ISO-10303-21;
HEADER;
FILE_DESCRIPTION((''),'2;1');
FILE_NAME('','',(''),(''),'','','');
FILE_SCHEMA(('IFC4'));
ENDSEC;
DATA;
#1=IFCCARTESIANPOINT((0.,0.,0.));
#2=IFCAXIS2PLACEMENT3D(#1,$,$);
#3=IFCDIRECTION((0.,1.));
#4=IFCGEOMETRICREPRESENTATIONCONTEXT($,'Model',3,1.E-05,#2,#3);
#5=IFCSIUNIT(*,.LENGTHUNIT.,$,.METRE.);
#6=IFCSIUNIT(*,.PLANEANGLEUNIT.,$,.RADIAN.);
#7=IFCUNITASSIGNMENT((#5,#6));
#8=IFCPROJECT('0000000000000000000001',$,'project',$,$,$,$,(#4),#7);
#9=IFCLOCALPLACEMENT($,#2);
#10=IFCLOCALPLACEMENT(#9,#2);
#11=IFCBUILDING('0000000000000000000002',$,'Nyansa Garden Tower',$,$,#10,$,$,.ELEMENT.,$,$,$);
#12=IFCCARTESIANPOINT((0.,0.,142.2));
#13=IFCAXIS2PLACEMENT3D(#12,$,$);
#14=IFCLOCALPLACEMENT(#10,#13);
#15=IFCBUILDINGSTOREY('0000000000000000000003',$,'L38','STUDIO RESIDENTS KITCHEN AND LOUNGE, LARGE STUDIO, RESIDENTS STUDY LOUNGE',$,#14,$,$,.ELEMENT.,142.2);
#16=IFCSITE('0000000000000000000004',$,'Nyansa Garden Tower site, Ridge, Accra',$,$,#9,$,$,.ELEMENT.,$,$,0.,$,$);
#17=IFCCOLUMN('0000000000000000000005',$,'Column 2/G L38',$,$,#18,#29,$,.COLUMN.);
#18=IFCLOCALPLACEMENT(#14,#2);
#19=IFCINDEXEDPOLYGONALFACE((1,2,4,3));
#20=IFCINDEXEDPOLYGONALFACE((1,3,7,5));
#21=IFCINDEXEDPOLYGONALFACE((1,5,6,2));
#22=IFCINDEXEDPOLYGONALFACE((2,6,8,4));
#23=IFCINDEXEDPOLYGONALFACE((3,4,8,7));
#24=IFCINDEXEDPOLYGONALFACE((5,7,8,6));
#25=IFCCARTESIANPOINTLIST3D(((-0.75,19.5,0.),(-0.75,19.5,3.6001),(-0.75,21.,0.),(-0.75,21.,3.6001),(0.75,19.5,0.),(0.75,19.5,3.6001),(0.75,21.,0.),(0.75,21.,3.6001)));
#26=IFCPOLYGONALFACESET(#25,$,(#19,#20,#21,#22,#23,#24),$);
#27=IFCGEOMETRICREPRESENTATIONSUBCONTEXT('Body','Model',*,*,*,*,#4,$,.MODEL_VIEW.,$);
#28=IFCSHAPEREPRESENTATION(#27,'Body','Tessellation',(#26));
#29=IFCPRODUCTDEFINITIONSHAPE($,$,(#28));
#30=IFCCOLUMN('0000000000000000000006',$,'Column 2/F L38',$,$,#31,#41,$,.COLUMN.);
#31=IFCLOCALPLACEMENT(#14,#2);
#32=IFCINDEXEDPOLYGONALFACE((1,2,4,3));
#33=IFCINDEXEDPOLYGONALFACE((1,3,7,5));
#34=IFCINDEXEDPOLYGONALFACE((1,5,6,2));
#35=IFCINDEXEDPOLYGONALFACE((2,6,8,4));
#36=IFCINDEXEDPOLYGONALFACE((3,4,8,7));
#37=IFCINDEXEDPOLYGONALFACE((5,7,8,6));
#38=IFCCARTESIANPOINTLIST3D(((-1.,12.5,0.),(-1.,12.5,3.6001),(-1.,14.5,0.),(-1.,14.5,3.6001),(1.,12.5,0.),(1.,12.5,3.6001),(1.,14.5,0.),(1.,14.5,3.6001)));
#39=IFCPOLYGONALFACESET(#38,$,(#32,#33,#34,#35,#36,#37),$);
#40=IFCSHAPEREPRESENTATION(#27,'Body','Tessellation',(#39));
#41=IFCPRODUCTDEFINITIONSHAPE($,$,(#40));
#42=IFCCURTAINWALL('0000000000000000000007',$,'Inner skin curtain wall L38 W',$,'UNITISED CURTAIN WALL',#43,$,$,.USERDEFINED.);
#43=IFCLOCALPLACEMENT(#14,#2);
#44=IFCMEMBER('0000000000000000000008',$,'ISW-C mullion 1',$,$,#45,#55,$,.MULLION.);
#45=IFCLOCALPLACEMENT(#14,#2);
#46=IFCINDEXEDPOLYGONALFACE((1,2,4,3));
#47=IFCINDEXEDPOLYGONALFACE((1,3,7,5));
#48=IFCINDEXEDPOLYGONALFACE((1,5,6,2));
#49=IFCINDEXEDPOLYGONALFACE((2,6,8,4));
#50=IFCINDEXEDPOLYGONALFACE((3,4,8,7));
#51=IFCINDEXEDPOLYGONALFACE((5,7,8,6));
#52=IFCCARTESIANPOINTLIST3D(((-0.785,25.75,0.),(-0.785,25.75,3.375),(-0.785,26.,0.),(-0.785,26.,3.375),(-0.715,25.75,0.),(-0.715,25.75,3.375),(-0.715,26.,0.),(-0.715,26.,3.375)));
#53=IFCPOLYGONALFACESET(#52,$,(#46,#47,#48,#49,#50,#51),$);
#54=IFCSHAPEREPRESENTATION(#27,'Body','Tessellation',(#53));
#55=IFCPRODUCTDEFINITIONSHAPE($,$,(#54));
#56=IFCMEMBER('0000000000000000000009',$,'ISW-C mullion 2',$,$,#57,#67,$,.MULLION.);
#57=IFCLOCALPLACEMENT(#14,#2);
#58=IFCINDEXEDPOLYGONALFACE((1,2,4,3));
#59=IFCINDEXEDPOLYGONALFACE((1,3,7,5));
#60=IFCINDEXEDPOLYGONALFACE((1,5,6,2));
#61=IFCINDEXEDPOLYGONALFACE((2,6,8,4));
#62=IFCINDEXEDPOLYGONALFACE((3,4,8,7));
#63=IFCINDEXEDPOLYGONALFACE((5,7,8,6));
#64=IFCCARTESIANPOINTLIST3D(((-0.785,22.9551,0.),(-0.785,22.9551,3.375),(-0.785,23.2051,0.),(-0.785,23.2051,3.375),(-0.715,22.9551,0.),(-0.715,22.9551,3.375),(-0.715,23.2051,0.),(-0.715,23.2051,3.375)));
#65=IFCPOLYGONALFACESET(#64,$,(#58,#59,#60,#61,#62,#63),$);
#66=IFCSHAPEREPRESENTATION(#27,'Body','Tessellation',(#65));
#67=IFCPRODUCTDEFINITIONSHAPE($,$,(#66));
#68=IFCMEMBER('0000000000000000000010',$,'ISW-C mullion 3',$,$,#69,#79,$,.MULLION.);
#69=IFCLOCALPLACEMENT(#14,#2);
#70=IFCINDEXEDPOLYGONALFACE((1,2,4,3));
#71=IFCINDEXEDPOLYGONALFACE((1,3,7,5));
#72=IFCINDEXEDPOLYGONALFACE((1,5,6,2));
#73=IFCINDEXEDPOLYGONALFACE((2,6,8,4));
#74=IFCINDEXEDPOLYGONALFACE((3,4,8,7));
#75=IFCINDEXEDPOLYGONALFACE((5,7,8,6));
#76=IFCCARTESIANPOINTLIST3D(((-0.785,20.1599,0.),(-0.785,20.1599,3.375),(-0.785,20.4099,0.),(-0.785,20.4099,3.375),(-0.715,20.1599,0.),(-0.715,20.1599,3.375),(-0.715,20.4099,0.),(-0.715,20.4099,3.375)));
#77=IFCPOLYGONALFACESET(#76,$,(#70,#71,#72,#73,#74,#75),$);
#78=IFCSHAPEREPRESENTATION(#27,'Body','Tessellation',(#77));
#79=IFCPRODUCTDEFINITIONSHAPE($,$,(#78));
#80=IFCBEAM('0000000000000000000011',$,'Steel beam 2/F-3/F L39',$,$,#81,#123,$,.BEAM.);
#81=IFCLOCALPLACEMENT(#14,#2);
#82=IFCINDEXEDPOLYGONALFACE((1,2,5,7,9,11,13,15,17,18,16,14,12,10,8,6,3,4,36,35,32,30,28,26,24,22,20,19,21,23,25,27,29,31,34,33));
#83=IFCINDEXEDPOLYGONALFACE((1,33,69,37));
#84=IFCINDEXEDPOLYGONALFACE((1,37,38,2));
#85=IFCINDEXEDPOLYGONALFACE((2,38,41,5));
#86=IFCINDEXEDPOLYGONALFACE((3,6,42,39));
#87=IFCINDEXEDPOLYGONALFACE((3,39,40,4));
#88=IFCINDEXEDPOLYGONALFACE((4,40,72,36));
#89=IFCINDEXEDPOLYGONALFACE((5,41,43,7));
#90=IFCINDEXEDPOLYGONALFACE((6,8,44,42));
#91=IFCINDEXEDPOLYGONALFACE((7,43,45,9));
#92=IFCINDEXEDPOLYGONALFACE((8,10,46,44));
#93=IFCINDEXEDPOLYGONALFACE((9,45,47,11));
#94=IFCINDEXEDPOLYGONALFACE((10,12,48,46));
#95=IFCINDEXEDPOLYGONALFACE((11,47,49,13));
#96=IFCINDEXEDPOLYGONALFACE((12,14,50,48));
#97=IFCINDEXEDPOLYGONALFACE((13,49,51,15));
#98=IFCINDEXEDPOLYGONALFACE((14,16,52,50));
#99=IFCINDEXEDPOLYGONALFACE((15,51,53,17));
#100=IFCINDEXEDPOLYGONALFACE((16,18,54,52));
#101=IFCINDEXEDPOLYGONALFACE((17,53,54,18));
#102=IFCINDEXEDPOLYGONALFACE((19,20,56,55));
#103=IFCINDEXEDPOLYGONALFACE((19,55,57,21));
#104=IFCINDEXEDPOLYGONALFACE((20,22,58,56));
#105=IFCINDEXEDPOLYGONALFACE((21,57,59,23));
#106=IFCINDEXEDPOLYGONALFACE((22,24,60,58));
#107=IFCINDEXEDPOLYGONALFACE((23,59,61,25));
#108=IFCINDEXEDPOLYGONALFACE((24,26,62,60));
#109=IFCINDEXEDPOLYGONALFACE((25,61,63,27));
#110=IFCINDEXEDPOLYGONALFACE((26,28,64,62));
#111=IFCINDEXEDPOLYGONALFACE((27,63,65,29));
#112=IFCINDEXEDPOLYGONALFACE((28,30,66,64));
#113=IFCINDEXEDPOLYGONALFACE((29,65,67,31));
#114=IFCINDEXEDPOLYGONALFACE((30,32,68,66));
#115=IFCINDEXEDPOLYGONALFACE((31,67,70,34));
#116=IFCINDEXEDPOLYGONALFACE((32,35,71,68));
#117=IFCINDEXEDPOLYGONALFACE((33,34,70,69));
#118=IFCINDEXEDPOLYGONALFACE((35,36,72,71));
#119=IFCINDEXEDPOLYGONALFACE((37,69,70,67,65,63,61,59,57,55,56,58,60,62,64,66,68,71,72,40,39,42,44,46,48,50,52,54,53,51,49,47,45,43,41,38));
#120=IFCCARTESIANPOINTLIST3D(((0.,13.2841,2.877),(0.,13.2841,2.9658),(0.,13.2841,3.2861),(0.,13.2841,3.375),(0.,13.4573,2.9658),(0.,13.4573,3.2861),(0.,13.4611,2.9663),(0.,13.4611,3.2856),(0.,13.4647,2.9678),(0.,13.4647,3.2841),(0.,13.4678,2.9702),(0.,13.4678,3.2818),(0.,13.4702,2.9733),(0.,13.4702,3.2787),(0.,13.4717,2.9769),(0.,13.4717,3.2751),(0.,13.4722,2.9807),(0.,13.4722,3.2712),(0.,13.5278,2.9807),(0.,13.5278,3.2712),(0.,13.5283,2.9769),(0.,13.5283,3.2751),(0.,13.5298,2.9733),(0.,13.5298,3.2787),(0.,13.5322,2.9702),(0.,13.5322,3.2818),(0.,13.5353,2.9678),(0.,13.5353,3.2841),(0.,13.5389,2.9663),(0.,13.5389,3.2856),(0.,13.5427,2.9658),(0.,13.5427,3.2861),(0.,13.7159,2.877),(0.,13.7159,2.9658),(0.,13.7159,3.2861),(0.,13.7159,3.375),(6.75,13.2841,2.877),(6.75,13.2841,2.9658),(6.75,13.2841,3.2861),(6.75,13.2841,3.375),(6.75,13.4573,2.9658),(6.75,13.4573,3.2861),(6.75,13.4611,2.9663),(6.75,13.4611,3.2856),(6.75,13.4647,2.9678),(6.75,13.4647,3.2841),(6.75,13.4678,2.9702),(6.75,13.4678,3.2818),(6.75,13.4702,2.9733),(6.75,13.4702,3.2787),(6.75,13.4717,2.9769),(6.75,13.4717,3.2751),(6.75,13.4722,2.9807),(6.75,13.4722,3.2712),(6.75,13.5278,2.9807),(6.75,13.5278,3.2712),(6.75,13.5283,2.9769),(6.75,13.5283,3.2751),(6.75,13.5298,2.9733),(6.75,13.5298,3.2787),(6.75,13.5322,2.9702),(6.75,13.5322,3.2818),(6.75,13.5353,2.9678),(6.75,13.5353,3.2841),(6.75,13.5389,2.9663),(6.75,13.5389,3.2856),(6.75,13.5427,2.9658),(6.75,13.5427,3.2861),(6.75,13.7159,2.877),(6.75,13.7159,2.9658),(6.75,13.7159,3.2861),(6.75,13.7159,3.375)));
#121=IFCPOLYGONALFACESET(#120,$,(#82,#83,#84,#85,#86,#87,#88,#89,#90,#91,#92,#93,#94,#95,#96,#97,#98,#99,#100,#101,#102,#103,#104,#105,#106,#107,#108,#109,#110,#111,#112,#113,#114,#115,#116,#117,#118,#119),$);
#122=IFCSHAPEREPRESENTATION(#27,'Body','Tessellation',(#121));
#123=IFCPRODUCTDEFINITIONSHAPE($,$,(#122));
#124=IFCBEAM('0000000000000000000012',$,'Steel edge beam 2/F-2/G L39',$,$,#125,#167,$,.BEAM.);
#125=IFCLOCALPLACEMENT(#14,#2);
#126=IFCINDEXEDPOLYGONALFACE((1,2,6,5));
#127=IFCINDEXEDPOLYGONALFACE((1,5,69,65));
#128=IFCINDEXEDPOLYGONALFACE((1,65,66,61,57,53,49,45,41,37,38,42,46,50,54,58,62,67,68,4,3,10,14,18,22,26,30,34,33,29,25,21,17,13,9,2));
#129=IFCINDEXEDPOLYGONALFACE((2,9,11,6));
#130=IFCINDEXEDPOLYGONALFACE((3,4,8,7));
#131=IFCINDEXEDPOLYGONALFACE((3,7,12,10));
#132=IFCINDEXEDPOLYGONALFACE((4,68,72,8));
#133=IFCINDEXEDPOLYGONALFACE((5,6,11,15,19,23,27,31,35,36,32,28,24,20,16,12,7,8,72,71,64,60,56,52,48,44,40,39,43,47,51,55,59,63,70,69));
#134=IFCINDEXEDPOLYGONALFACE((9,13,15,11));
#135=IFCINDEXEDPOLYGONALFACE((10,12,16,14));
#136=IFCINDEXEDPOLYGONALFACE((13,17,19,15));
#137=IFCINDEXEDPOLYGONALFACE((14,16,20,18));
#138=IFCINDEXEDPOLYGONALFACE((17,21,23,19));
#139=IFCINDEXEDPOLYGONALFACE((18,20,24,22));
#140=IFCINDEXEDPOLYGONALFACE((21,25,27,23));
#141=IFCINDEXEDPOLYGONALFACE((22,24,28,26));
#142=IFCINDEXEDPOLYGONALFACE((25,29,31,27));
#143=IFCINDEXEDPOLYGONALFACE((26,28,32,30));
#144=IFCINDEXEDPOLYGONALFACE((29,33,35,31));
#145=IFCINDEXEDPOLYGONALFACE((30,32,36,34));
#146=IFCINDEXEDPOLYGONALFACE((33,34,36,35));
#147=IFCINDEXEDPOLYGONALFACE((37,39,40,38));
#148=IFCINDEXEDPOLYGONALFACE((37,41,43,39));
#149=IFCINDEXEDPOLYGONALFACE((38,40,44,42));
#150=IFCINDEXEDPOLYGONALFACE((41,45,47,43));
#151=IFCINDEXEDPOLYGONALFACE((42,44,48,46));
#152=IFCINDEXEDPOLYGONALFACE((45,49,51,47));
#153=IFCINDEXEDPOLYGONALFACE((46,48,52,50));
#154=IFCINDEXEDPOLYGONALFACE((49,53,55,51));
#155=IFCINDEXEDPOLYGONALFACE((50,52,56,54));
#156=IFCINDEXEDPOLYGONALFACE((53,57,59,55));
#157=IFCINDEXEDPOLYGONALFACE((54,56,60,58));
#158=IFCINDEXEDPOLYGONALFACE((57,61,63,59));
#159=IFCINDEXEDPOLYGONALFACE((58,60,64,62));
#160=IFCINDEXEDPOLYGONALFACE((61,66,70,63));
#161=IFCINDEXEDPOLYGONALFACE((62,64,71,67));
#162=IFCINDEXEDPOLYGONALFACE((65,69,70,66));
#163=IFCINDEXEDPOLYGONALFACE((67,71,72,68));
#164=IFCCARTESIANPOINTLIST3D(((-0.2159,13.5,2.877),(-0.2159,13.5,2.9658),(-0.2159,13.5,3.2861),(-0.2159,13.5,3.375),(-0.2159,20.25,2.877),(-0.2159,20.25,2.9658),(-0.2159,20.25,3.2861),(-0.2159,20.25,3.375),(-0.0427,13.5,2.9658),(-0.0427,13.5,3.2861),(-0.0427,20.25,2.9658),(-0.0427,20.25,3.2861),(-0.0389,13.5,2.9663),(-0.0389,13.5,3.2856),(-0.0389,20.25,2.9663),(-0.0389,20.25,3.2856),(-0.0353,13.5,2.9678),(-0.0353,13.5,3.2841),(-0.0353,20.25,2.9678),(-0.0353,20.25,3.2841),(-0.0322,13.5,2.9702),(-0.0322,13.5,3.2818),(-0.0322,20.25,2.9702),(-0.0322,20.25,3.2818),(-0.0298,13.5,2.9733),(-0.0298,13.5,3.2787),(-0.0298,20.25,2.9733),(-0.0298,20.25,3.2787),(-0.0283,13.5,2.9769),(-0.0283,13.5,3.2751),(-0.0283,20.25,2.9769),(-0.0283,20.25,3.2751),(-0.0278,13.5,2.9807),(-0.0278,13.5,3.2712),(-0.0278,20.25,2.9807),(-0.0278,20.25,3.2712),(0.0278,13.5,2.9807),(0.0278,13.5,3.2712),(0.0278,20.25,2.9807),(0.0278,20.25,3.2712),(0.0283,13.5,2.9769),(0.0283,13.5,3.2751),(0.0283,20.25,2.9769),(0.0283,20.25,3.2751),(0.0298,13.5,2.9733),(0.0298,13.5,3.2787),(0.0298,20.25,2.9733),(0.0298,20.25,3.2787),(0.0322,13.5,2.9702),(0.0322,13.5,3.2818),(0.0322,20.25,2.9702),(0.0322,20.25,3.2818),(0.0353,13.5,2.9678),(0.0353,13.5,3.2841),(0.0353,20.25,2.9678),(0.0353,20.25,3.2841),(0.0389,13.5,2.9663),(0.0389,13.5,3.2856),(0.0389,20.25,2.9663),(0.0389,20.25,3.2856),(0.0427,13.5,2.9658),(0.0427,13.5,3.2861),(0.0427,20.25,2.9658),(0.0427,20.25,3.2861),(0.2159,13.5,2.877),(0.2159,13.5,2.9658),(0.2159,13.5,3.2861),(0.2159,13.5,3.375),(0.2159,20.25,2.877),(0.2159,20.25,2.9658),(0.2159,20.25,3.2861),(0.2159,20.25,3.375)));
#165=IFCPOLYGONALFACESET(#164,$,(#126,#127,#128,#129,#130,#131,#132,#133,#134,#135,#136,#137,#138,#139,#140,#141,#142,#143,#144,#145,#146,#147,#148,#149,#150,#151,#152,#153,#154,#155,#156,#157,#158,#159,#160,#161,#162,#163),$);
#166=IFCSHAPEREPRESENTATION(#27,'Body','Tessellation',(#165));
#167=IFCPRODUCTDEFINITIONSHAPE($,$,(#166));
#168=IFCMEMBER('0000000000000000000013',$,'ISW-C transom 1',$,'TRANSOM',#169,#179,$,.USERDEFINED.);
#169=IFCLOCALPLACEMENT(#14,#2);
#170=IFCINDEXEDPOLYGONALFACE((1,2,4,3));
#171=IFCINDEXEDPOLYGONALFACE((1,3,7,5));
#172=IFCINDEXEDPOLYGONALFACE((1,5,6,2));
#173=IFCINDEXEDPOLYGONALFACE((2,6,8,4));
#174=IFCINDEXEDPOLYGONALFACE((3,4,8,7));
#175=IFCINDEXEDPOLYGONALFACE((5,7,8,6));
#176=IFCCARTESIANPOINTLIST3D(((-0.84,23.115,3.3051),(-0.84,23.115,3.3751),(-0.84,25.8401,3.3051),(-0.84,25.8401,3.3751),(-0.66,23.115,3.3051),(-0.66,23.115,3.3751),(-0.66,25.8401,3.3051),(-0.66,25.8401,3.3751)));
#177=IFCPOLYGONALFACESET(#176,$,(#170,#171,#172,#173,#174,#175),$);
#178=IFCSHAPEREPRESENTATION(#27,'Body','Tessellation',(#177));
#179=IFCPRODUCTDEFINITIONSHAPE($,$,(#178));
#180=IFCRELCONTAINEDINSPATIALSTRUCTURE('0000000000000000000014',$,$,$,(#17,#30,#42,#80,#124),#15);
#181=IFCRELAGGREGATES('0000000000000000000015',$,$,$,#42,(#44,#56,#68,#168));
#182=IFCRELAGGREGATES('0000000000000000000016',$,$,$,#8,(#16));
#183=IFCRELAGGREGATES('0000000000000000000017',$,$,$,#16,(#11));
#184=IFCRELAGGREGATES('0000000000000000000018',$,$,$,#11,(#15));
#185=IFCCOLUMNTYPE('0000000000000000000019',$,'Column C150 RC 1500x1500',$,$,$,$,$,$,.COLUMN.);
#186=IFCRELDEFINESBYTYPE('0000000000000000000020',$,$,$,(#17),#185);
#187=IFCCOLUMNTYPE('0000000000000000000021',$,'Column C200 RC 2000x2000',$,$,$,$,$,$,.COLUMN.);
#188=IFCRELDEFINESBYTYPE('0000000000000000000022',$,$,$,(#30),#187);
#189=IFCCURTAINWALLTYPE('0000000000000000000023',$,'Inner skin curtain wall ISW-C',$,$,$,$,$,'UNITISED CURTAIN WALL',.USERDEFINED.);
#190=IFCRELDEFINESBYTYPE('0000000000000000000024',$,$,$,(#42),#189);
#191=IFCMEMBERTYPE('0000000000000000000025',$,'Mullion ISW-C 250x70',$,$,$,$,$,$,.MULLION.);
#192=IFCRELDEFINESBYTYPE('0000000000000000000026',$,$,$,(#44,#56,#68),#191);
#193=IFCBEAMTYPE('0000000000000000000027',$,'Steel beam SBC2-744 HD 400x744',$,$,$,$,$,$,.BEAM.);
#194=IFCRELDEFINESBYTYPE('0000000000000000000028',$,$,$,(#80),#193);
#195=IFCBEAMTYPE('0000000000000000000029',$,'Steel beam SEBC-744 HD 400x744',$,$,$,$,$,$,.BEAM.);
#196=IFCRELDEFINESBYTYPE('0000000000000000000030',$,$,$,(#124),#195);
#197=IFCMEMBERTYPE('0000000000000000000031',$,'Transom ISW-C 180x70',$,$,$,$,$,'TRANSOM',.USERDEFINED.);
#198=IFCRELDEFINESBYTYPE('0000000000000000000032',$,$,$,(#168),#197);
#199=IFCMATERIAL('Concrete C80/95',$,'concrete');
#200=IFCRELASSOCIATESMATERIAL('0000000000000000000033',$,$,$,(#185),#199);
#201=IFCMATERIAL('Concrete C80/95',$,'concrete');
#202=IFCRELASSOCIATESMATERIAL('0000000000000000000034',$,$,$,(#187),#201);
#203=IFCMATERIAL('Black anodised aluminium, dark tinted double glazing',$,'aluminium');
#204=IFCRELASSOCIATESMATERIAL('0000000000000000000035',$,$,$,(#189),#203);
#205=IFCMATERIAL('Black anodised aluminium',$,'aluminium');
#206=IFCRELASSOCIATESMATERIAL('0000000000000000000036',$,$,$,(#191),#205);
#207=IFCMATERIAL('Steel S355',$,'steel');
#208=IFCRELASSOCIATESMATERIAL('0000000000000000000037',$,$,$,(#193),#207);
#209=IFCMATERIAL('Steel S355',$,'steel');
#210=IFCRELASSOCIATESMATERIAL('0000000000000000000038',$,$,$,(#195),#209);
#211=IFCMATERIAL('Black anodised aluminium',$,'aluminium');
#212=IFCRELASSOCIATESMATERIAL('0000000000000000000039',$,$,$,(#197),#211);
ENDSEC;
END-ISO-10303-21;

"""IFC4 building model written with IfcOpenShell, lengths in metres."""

from ifc_helpers import new_model, si_unit, direction, frame, origin, origin_2d, place, context, subcontext, project, spatial, rectangle, i_section, extrude, material, material_profile, profile_set, type_object, element, aggregate, save


model = new_model("IFC4")

# Units and contexts
model_context = context("Model", 3, precision=1e-05, world=origin(), true_north=direction((0.0, 1.0)))
body_context = subcontext(model_context, "Body", "Model", "MODEL_VIEW")
ifc_project = project(units=[si_unit("LENGTHUNIT", "METRE"), si_unit("PLANEANGLEUNIT", "RADIAN")], contexts=[model_context])

# Site, building, storey
site_placement = place(None, origin())
site = spatial("IfcSite", under=ifc_project, at=site_placement, Name="Nyansa Garden Tower site, Ridge, Accra", CompositionType="ELEMENT", RefElevation=0.0)
building_placement = place(site_placement, origin())
building = spatial("IfcBuilding", under=site, at=building_placement, Name="Nyansa Garden Tower", CompositionType="ELEMENT")
storey_placement = place(building_placement, frame((0.0, 0.0, 142.2)))
storey = spatial("IfcBuildingStorey", under=building, at=storey_placement, Name="L38", Description="STUDIO RESIDENTS KITCHEN AND LOUNGE, LARGE STUDIO, RESIDENTS STUDY LOUNGE", CompositionType="ELEMENT", Elevation=142.2)

# Columns
ifc_material_1 = material(Name="Concrete C80/95", Category="concrete")
ifc_material_profile_1 = material_profile(ifc_material_1, rectangle(XDim=1.5, YDim=1.5, at=origin_2d()), Name="RC 1500x1500")
ifc_profile_set_1 = profile_set([ifc_material_profile_1], Name="Concrete C80/95")
column_type_1 = type_object("IfcColumnType", Name="Column C150 RC 1500x1500", PredefinedType="COLUMN", material=ifc_profile_set_1)
column_1_placement = place(storey_placement, frame((0.0, 20.25, 0.0), z_axis=(0.0, 0.0, 1.0), x_axis=(1.0, 0.0, 0.0)))
element("IfcColumn", 1, at=column_1_placement, inside=storey, type_object=column_type_1, Name="Column 2/G L38", PredefinedType="COLUMN", context=body_context, shape_type="SweptSolid", body=[
    extrude(rectangle(XDim=1.5, YDim=1.5, at=origin_2d()), origin(), (0.0, 0.0, 1.0), 3.6001),
])
ifc_material_2 = material(Name="Concrete C80/95", Category="concrete")
ifc_material_profile_2 = material_profile(ifc_material_2, rectangle(XDim=2.0, YDim=2.0, at=origin_2d()), Name="RC 2000x2000")
ifc_profile_set_2 = profile_set([ifc_material_profile_2], Name="Concrete C80/95")
column_type_2 = type_object("IfcColumnType", Name="Column C200 RC 2000x2000", PredefinedType="COLUMN", material=ifc_profile_set_2)
column_2_placement = place(storey_placement, frame((0.0, 13.5, 0.0), z_axis=(0.0, 0.0, 1.0), x_axis=(1.0, 0.0, 0.0)))
element("IfcColumn", 2, at=column_2_placement, inside=storey, type_object=column_type_2, Name="Column 2/F L38", PredefinedType="COLUMN", context=body_context, shape_type="SweptSolid", body=[
    extrude(rectangle(XDim=2.0, YDim=2.0, at=origin_2d()), origin(), (0.0, 0.0, 1.0), 3.6001),
])

# Curtain wall, members
ifc_material_3 = material(Name="Black anodised aluminium, dark tinted double glazing", Category="aluminium")
curtain_wall_type = type_object("IfcCurtainWallType", Name="Inner skin curtain wall ISW-C", ElementType="UNITISED CURTAIN WALL", PredefinedType="USERDEFINED", material=ifc_material_3)
curtain_wall_placement = place(storey_placement, origin())
curtain_wall = element("IfcCurtainWall", 3, at=curtain_wall_placement, inside=storey, type_object=curtain_wall_type, Name="Inner skin curtain wall L38 W", ObjectType="UNITISED CURTAIN WALL", PredefinedType="USERDEFINED")
ifc_material_4 = material(Name="Black anodised aluminium", Category="aluminium")
ifc_material_profile_3 = material_profile(ifc_material_4, rectangle(XDim=0.0701, YDim=0.25, at=origin_2d()), Name="Mullion 250x70")
ifc_profile_set_3 = profile_set([ifc_material_profile_3], Name="Black anodised aluminium")
member_type_1 = type_object("IfcMemberType", Name="Mullion ISW-C 250x70", PredefinedType="MULLION", material=ifc_profile_set_3)
member_1_placement = place(storey_placement, frame((-0.75, 25.875, 0.0), z_axis=(0.0, 0.0, 1.0), x_axis=(1.0, 0.0, 0.0)))
member_1 = element("IfcMember", 4, at=member_1_placement, type_object=member_type_1, Name="ISW-C mullion 1", PredefinedType="MULLION", context=body_context, shape_type="SweptSolid", body=[
    extrude(rectangle(XDim=0.0701, YDim=0.25, at=origin_2d()), origin(), (0.0, 0.0, 1.0), 3.375),
])
member_2_placement = place(storey_placement, frame((-0.75, 23.0801, 0.0), z_axis=(0.0, 0.0, 1.0), x_axis=(1.0, 0.0, 0.0)))
member_2 = element("IfcMember", 5, at=member_2_placement, type_object=member_type_1, Name="ISW-C mullion 2", PredefinedType="MULLION", context=body_context, shape_type="SweptSolid", body=[
    extrude(rectangle(XDim=0.0701, YDim=0.25, at=origin_2d()), origin(), (0.0, 0.0, 1.0), 3.375),
])
member_3_placement = place(storey_placement, frame((-0.75, 20.2849, 0.0), z_axis=(0.0, 0.0, 1.0), x_axis=(1.0, 0.0, 0.0)))
member_3 = element("IfcMember", 6, at=member_3_placement, type_object=member_type_1, Name="ISW-C mullion 3", PredefinedType="MULLION", context=body_context, shape_type="SweptSolid", body=[
    extrude(rectangle(XDim=0.0701, YDim=0.25, at=origin_2d()), origin(), (0.0, 0.0, 1.0), 3.375),
])

# Beams
ifc_material_5 = material(Name="Steel S355", Category="steel")
ifc_material_profile_4 = material_profile(ifc_material_5, i_section(OverallWidth=0.4319, OverallDepth=0.498, WebThickness=0.0557, FlangeThickness=0.0889, FilletRadius=0.0149, at=origin_2d()), Name="HD 400x744")
ifc_profile_set_4 = profile_set([ifc_material_profile_4], Name="Steel S355")
beam_type_1 = type_object("IfcBeamType", Name="Steel beam SBC2-744 HD 400x744", PredefinedType="BEAM", material=ifc_profile_set_4)
beam_1_placement = place(storey_placement, frame((0.0, 13.5, 3.126), z_axis=(1.0, 0.0, 0.0), x_axis=(0.0, 1.0, 0.0)))
element("IfcBeam", 7, at=beam_1_placement, inside=storey, type_object=beam_type_1, Name="Steel beam 2/F-3/F L39", PredefinedType="BEAM", context=body_context, shape_type="SweptSolid", body=[
    extrude(i_section(OverallWidth=0.4319, OverallDepth=0.498, WebThickness=0.0557, FlangeThickness=0.0889, FilletRadius=0.0149, at=origin_2d()), origin(), (0.0, 0.0, 1.0), 6.75),
])
ifc_material_6 = material(Name="Steel S355", Category="steel")
ifc_material_profile_5 = material_profile(ifc_material_6, i_section(OverallWidth=0.4319, OverallDepth=0.498, WebThickness=0.0557, FlangeThickness=0.0889, FilletRadius=0.0149, at=origin_2d()), Name="HD 400x744")
ifc_profile_set_5 = profile_set([ifc_material_profile_5], Name="Steel S355")
beam_type_2 = type_object("IfcBeamType", Name="Steel beam SEBC-744 HD 400x744", PredefinedType="BEAM", material=ifc_profile_set_5)
beam_2_placement = place(storey_placement, frame((0.0, 13.5, 3.126), z_axis=(0.0, 1.0, 0.0), x_axis=(-1.0, 0.0, 0.0)))
element("IfcBeam", 8, at=beam_2_placement, inside=storey, type_object=beam_type_2, Name="Steel edge beam 2/F-2/G L39", PredefinedType="BEAM", context=body_context, shape_type="SweptSolid", body=[
    extrude(i_section(OverallWidth=0.4319, OverallDepth=0.498, WebThickness=0.0557, FlangeThickness=0.0889, FilletRadius=0.0149, at=origin_2d()), origin(), (0.0, 0.0, 1.0), 6.75),
])

# Member
ifc_material_7 = material(Name="Black anodised aluminium", Category="aluminium")
ifc_material_profile_6 = material_profile(ifc_material_7, rectangle(XDim=0.1799, YDim=0.0701, at=origin_2d()), Name="Transom 180x70")
ifc_profile_set_6 = profile_set([ifc_material_profile_6], Name="Black anodised aluminium")
member_type_2 = type_object("IfcMemberType", Name="Transom ISW-C 180x70", ElementType="TRANSOM", PredefinedType="USERDEFINED", material=ifc_profile_set_6)
member_4_placement = place(storey_placement, frame((-0.75, 25.8401, 3.3401), z_axis=(0.0, -1.0, 0.0), x_axis=(1.0, 0.0, 0.0)))
member_4 = element("IfcMember", 9, at=member_4_placement, type_object=member_type_2, Name="ISW-C transom 1", ObjectType="TRANSOM", PredefinedType="USERDEFINED", context=body_context, shape_type="SweptSolid", body=[
    extrude(rectangle(XDim=0.1799, YDim=0.0701, at=origin_2d()), origin(), (0.0, 0.0, 1.0), 2.7251),
])

aggregate(curtain_wall, [member_1, member_2, member_3, member_4])

save(model, "model.ifc")
